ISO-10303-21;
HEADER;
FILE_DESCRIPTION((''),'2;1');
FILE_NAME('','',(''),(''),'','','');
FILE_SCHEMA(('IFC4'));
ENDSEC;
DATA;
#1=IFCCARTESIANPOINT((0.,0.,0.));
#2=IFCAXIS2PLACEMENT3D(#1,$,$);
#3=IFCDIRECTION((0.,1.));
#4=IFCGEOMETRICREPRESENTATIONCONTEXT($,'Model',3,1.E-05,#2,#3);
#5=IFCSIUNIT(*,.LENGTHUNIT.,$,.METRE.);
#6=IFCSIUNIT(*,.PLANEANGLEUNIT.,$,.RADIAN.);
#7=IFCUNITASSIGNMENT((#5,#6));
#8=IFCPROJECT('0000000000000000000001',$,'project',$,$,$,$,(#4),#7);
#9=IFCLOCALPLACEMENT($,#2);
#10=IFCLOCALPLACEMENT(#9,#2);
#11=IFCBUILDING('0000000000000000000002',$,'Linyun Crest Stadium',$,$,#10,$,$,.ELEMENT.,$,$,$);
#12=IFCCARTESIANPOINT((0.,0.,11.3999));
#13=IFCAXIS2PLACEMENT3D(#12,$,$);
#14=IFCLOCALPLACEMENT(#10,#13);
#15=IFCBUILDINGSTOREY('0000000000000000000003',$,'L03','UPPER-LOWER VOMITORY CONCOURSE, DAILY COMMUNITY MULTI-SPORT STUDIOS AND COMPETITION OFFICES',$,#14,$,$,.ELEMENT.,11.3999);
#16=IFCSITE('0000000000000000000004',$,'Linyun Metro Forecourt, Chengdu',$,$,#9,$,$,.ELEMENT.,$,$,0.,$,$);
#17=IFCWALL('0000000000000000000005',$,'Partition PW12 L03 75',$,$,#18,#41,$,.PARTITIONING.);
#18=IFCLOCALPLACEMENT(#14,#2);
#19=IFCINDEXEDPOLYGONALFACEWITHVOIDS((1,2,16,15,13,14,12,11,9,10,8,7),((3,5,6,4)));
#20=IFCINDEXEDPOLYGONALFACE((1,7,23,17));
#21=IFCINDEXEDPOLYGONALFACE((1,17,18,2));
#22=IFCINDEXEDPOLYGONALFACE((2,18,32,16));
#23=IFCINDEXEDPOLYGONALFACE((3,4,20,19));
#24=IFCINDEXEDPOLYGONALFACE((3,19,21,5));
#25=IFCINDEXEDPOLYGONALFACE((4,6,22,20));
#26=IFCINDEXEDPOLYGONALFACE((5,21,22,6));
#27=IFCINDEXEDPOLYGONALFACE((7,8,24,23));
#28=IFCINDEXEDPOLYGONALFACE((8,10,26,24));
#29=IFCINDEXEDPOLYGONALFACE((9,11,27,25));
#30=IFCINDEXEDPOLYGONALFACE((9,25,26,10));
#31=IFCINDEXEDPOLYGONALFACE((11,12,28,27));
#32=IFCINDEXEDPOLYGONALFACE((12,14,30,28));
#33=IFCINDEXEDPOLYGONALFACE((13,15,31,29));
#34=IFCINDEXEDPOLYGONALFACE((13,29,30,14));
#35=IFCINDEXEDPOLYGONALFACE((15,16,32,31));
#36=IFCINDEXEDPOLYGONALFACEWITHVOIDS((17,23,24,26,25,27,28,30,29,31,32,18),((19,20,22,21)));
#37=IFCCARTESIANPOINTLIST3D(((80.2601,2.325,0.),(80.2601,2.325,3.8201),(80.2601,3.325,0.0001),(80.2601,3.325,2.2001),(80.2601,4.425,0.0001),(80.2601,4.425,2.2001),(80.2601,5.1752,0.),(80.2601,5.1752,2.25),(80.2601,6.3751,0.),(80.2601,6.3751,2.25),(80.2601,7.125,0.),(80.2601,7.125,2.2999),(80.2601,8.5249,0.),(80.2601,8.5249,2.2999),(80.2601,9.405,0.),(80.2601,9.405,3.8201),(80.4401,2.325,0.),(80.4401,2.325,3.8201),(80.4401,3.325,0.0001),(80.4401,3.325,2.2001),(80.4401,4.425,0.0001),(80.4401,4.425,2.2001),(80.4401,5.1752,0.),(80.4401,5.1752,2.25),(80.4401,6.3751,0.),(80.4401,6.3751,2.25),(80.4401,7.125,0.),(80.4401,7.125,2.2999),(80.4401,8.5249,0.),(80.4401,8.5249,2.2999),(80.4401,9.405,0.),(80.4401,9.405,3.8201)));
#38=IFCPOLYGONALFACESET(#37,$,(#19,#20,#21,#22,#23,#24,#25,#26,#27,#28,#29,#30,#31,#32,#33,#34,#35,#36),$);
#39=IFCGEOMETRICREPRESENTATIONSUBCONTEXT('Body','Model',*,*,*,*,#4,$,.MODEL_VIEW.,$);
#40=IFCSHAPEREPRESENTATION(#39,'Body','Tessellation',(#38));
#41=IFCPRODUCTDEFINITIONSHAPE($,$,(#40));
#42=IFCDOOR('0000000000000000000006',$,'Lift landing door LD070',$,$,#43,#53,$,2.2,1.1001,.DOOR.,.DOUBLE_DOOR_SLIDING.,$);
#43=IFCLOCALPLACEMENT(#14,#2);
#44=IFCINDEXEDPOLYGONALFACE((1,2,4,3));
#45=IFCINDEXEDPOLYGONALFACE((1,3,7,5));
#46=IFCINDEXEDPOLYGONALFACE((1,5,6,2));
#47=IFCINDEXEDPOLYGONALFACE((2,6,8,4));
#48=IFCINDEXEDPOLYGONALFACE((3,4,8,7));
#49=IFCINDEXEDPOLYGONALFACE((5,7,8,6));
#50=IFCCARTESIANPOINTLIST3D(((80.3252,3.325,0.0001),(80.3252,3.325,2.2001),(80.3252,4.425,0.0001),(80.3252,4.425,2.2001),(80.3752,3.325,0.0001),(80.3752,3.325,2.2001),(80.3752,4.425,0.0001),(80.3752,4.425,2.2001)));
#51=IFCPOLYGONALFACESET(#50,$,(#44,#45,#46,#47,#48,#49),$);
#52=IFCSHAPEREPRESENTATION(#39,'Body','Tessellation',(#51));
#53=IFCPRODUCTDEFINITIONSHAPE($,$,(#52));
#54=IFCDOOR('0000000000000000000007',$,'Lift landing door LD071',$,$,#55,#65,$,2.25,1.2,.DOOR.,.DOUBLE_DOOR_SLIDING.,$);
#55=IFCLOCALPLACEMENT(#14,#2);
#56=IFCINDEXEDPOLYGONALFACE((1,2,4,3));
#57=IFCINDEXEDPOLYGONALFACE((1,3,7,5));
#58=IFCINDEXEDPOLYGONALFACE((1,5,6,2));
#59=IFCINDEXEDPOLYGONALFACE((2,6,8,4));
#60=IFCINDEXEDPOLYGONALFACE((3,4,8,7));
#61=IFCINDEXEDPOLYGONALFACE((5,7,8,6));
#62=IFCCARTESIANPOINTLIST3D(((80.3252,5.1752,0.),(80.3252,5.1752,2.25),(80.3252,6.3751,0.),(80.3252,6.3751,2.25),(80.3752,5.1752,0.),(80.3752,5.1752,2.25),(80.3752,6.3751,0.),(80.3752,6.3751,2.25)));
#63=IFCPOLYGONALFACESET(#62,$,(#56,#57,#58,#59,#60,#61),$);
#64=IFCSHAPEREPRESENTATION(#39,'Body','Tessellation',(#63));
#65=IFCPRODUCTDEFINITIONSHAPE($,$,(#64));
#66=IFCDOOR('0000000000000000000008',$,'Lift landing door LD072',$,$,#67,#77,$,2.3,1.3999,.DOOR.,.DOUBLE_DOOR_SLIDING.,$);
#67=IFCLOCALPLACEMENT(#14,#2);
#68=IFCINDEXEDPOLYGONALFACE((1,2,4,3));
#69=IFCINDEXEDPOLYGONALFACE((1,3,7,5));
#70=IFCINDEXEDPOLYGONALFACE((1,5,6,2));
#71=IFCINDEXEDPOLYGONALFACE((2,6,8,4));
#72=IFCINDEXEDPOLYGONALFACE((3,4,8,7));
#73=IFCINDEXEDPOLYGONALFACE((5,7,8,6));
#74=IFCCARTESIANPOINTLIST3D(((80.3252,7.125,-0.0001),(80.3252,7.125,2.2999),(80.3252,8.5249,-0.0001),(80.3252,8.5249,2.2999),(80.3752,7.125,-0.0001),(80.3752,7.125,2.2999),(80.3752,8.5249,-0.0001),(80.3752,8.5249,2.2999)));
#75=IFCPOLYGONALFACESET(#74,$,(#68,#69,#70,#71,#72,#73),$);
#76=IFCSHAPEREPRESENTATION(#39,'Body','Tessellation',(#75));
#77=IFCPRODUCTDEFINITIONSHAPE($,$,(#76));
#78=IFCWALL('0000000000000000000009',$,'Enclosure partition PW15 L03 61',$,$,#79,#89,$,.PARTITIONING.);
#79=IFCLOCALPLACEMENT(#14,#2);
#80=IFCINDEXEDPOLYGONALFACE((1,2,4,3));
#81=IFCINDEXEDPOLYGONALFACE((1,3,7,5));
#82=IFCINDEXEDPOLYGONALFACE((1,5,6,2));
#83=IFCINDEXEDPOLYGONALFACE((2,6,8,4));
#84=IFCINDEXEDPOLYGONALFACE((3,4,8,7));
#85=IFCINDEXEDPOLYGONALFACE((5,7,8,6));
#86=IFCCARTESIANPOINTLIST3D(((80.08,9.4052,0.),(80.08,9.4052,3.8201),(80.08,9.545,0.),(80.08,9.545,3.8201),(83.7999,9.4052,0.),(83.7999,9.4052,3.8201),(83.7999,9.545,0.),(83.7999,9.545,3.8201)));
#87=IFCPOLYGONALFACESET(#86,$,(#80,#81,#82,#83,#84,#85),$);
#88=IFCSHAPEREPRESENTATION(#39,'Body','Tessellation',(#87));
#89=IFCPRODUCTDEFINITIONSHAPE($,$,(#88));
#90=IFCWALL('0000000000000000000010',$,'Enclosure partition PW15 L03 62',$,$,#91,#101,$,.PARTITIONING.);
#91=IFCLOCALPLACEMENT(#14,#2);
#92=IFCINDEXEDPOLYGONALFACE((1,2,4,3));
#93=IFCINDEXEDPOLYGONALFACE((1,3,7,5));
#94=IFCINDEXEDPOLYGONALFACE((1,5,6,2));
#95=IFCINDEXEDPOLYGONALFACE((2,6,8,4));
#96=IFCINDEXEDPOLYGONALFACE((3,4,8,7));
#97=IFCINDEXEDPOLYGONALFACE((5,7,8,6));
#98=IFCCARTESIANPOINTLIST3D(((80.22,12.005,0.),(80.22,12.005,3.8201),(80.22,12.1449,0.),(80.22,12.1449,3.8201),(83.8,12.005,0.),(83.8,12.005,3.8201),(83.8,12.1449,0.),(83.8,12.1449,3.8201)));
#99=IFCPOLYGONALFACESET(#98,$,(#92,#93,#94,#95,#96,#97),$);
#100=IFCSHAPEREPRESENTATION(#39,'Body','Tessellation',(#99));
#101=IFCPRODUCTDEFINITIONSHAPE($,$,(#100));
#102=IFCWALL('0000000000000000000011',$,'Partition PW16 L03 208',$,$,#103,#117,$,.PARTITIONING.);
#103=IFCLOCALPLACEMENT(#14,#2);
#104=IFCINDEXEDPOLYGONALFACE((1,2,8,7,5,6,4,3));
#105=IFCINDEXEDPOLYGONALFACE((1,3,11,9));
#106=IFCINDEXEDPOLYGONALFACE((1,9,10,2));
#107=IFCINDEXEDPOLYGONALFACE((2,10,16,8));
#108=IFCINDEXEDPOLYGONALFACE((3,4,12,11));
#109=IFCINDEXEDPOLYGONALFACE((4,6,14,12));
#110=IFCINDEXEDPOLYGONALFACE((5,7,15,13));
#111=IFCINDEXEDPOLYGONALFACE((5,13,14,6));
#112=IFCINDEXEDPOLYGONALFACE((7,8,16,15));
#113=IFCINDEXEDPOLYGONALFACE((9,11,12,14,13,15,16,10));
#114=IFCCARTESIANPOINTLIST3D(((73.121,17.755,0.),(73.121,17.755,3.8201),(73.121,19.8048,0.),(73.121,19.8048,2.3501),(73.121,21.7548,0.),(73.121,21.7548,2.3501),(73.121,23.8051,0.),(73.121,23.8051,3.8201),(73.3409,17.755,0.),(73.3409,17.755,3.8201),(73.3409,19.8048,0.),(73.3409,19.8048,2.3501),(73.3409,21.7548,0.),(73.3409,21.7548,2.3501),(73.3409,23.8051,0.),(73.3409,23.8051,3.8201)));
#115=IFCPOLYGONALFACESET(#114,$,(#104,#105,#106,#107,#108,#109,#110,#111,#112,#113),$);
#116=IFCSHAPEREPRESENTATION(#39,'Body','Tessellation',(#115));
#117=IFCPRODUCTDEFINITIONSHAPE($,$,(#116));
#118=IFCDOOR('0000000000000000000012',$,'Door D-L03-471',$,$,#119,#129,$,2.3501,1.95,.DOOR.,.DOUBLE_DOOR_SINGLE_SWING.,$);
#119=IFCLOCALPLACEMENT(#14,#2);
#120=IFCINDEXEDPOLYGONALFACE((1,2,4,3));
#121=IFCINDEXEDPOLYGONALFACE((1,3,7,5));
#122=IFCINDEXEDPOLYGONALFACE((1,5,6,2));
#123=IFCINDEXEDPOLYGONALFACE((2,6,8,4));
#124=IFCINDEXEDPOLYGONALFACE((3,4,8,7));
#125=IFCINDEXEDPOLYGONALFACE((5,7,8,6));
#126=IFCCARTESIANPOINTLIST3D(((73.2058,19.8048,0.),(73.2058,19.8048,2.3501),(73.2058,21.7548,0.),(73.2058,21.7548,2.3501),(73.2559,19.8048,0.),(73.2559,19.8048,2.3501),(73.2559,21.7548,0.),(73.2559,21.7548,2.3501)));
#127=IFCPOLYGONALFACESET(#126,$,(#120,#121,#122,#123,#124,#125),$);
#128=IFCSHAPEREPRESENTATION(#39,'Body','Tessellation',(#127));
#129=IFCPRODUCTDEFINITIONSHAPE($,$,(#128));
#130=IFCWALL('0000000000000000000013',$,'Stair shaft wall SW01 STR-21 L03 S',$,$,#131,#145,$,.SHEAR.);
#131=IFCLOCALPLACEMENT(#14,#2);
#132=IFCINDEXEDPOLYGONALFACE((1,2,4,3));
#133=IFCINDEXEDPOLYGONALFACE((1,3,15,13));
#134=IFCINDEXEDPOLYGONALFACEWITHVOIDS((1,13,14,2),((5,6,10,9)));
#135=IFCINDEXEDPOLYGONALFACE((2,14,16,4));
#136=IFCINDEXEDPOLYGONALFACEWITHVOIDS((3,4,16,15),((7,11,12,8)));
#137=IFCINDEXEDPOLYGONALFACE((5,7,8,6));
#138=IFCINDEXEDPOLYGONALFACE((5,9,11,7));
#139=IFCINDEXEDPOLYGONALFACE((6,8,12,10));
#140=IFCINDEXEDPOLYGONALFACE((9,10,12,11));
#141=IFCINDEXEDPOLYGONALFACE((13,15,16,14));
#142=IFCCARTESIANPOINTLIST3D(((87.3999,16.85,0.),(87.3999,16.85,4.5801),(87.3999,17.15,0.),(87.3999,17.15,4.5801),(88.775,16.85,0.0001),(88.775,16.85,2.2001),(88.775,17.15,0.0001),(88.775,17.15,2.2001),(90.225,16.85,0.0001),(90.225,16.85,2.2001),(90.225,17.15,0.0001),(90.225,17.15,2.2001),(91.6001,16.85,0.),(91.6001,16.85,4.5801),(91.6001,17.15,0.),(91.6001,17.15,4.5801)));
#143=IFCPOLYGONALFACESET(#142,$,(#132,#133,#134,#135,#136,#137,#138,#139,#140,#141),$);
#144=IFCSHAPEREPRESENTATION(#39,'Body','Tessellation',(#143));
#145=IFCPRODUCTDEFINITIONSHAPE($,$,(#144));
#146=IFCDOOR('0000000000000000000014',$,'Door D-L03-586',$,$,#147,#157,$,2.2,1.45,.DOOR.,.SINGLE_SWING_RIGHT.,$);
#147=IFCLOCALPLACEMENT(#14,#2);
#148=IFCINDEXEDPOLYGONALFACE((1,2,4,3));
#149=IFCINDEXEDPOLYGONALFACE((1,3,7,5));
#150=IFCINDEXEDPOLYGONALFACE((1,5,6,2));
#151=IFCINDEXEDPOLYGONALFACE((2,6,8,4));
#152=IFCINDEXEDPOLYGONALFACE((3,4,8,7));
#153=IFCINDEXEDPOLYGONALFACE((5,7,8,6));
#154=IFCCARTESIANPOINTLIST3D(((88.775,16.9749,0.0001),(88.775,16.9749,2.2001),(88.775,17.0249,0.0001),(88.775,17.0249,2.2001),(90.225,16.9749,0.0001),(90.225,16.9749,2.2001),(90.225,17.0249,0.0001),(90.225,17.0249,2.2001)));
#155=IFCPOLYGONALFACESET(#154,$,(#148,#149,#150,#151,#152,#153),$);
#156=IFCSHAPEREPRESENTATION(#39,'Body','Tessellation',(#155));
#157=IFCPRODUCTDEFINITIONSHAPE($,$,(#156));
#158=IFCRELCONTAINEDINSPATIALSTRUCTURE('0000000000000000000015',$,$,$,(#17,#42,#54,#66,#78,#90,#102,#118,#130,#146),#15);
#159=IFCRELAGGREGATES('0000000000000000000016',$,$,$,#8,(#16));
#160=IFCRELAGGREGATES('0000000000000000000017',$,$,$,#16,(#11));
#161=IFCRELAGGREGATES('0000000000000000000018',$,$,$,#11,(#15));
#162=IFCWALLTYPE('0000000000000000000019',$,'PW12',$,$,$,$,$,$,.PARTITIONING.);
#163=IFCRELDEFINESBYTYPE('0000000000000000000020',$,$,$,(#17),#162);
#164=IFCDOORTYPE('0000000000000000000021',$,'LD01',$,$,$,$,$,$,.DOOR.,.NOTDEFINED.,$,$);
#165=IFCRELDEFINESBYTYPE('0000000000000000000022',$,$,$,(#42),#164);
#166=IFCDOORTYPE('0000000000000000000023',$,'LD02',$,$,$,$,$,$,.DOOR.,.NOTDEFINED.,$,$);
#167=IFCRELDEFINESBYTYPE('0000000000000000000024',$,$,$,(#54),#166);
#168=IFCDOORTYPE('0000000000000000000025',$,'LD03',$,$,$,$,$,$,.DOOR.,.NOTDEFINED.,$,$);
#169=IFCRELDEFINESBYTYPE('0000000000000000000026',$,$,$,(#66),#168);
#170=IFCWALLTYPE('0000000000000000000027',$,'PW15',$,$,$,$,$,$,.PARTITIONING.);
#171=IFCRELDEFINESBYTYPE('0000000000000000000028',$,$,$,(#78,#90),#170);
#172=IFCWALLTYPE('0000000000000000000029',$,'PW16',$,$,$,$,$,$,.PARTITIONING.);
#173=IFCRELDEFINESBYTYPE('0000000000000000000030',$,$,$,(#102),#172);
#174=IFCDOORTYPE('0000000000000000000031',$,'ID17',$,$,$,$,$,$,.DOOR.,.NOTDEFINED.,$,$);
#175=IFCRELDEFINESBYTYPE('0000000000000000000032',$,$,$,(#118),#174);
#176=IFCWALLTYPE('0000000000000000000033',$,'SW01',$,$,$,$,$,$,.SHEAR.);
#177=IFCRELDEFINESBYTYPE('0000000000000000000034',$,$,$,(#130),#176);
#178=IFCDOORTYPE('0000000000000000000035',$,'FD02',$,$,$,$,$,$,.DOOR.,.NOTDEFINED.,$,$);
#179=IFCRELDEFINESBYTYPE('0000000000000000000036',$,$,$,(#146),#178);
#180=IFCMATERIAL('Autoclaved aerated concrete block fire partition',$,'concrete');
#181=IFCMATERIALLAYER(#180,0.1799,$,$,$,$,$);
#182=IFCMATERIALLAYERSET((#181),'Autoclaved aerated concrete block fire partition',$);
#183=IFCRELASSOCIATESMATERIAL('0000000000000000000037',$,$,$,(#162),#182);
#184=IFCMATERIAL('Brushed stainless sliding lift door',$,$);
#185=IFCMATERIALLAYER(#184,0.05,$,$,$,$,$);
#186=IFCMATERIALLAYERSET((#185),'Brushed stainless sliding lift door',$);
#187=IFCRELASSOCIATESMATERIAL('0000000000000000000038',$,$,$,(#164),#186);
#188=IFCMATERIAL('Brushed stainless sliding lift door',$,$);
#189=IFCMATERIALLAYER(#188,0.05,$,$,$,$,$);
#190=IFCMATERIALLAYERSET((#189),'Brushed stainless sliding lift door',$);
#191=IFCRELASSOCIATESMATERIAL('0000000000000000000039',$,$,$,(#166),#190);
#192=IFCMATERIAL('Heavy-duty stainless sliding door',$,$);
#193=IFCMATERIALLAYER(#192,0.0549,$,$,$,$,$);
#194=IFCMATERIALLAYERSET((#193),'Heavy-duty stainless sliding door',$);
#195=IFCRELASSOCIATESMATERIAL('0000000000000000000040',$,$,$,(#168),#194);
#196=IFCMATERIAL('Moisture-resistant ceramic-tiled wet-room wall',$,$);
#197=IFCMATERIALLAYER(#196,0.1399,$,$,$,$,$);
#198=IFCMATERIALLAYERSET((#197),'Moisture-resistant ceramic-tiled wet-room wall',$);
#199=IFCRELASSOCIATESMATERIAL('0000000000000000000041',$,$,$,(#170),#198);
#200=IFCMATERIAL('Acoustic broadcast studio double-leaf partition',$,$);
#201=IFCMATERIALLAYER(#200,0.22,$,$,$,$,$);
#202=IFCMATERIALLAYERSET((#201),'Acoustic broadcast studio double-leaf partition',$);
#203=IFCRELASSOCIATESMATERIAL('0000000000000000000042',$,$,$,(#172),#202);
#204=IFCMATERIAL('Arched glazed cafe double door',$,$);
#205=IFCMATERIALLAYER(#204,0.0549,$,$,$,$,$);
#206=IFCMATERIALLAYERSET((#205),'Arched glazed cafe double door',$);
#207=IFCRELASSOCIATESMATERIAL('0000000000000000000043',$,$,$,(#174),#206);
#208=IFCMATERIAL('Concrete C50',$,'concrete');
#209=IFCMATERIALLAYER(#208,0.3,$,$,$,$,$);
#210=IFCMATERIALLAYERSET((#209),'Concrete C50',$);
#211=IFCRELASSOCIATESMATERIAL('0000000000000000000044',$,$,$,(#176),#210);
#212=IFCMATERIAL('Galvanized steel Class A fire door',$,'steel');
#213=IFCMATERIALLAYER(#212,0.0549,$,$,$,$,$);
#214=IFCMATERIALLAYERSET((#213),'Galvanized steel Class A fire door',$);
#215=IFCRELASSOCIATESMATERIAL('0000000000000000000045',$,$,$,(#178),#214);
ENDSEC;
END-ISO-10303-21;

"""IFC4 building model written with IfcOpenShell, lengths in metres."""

from ifc_helpers import new_model, si_unit, direction, frame, frame_2d, origin, place, context, subcontext, project, spatial, rectangle, extrude, material, layer, layer_set, type_object, element, fill, save


model = new_model("IFC4")

# Units and contexts
model_context = context("Model", 3, precision=1e-05, world=origin(), true_north=direction((0.0, 1.0)))
body_context = subcontext(model_context, "Body", "Model", "MODEL_VIEW")
ifc_project = project(units=[si_unit("LENGTHUNIT", "METRE"), si_unit("PLANEANGLEUNIT", "RADIAN")], contexts=[model_context])

# Site, building, storey
site_placement = place(None, origin())
site = spatial("IfcSite", under=ifc_project, at=site_placement, Name="Linyun Metro Forecourt, Chengdu", CompositionType="ELEMENT", RefElevation=0.0)
building_placement = place(site_placement, origin())
building = spatial("IfcBuilding", under=site, at=building_placement, Name="Linyun Crest Stadium", CompositionType="ELEMENT")
storey_placement = place(building_placement, frame((0.0, 0.0, 11.3999)))
storey = spatial("IfcBuildingStorey", under=building, at=storey_placement, Name="L03", Description="UPPER-LOWER VOMITORY CONCOURSE, DAILY COMMUNITY MULTI-SPORT STUDIOS AND COMPETITION OFFICES", CompositionType="ELEMENT", Elevation=11.3999)

# Wall, openings, doors
ifc_material_1 = material(Name="Autoclaved aerated concrete block fire partition", Category="concrete")
ifc_layer_1 = layer(ifc_material_1, 0.1799)
ifc_layer_set_1 = layer_set([ifc_layer_1], Name="Autoclaved aerated concrete block fire partition")
wall_type_1 = type_object("IfcWallType", Name="PW12", PredefinedType="PARTITIONING", material=ifc_layer_set_1)
wall_1_placement = place(storey_placement, frame((80.3501, 2.325, 0.0), z_axis=(0.0, 0.0, 1.0), x_axis=(0.0, 1.0, 0.0)))
wall_1 = element("IfcWall", 1, at=wall_1_placement, inside=storey, type_object=wall_type_1, Name="Partition PW12 L03 75", PredefinedType="PARTITIONING", context=body_context, shape_type="SweptSolid", body=[
    extrude(rectangle(XDim=7.0801, YDim=0.1799, at=frame_2d((3.54, 0.0))), origin(), (0.0, 0.0, 1.0), 3.8201),
])
opening_1_placement = place(wall_1_placement, frame((1.0, 0.0, 0.0)))
opening_1 = element("IfcOpeningElement", 2, at=opening_1_placement, cuts=wall_1, PredefinedType="OPENING", context=body_context, shape_type="SweptSolid", body=[
    extrude(rectangle(XDim=1.1001, YDim=2.2, at=frame_2d((0.55, 1.1001))), frame((0.0, 0.0999, 0.0), z_axis=(0.0, -1.0, 0.0), x_axis=(1.0, 0.0, 0.0)), (0.0, 0.0, 1.0), 0.2),
])
opening_2_placement = place(wall_1_placement, frame((2.8501, 0.0, 0.0)))
opening_2 = element("IfcOpeningElement", 3, at=opening_2_placement, cuts=wall_1, PredefinedType="OPENING", context=body_context, shape_type="SweptSolid", body=[
    extrude(rectangle(XDim=1.2, YDim=2.25, at=frame_2d((0.6001, 1.125))), frame((0.0, 0.0999, 0.0), z_axis=(0.0, -1.0, 0.0), x_axis=(1.0, 0.0, 0.0)), (0.0, 0.0, 1.0), 0.2),
])
opening_3_placement = place(wall_1_placement, frame((4.8, 0.0, 0.0)))
opening_3 = element("IfcOpeningElement", 4, at=opening_3_placement, cuts=wall_1, PredefinedType="OPENING", context=body_context, shape_type="SweptSolid", body=[
    extrude(rectangle(XDim=1.3999, YDim=2.3, at=frame_2d((0.7, 1.1499))), frame((0.0, 0.0999, 0.0), z_axis=(0.0, -1.0, 0.0), x_axis=(1.0, 0.0, 0.0)), (0.0, 0.0, 1.0), 0.2),
])
ifc_material_2 = material(Name="Brushed stainless sliding lift door")
ifc_layer_2 = layer(ifc_material_2, 0.05)
ifc_layer_set_2 = layer_set([ifc_layer_2], Name="Brushed stainless sliding lift door")
door_type_1 = type_object("IfcDoorType", Name="LD01", OperationType="NOTDEFINED", PredefinedType="DOOR", material=ifc_layer_set_2)
door_1_placement = place(opening_1_placement, origin())
door_1 = element("IfcDoor", 5, at=door_1_placement, inside=storey, type_object=door_type_1, Name="Lift landing door LD070", OperationType="DOUBLE_DOOR_SLIDING", OverallHeight=2.2, OverallWidth=1.1001, PredefinedType="DOOR", context=body_context, shape_type="SweptSolid", body=[
    extrude(rectangle(XDim=1.1001, YDim=2.2, at=frame_2d((0.55, 1.1001))), frame((0.0, 0.0249, 0.0), z_axis=(0.0, -1.0, 0.0), x_axis=(1.0, 0.0, 0.0)), (0.0, 0.0, 1.0), 0.05),
])
fill(opening_1, door_1)
ifc_material_3 = material(Name="Brushed stainless sliding lift door")
ifc_layer_3 = layer(ifc_material_3, 0.05)
ifc_layer_set_3 = layer_set([ifc_layer_3], Name="Brushed stainless sliding lift door")
door_type_2 = type_object("IfcDoorType", Name="LD02", OperationType="NOTDEFINED", PredefinedType="DOOR", material=ifc_layer_set_3)
door_2_placement = place(opening_2_placement, origin())
door_2 = element("IfcDoor", 6, at=door_2_placement, inside=storey, type_object=door_type_2, Name="Lift landing door LD071", OperationType="DOUBLE_DOOR_SLIDING", OverallHeight=2.25, OverallWidth=1.2, PredefinedType="DOOR", context=body_context, shape_type="SweptSolid", body=[
    extrude(rectangle(XDim=1.2, YDim=2.25, at=frame_2d((0.6001, 1.125))), frame((0.0, 0.0249, 0.0), z_axis=(0.0, -1.0, 0.0), x_axis=(1.0, 0.0, 0.0)), (0.0, 0.0, 1.0), 0.05),
])
fill(opening_2, door_2)
ifc_material_4 = material(Name="Heavy-duty stainless sliding door")
ifc_layer_4 = layer(ifc_material_4, 0.0549)
ifc_layer_set_4 = layer_set([ifc_layer_4], Name="Heavy-duty stainless sliding door")
door_type_3 = type_object("IfcDoorType", Name="LD03", OperationType="NOTDEFINED", PredefinedType="DOOR", material=ifc_layer_set_4)
door_3_placement = place(opening_3_placement, origin())
door_3 = element("IfcDoor", 7, at=door_3_placement, inside=storey, type_object=door_type_3, Name="Lift landing door LD072", OperationType="DOUBLE_DOOR_SLIDING", OverallHeight=2.3, OverallWidth=1.3999, PredefinedType="DOOR", context=body_context, shape_type="SweptSolid", body=[
    extrude(rectangle(XDim=1.3999, YDim=2.3, at=frame_2d((0.7, 1.1499))), frame((0.0, 0.0249, 0.0), z_axis=(0.0, -1.0, 0.0), x_axis=(1.0, 0.0, 0.0)), (0.0, 0.0, 1.0), 0.05),
])
fill(opening_3, door_3)
ifc_material_5 = material(Name="Moisture-resistant ceramic-tiled wet-room wall")
ifc_layer_5 = layer(ifc_material_5, 0.1399)
ifc_layer_set_5 = layer_set([ifc_layer_5], Name="Moisture-resistant ceramic-tiled wet-room wall")
wall_type_2 = type_object("IfcWallType", Name="PW15", PredefinedType="PARTITIONING", material=ifc_layer_set_5)

# Walls
wall_2_placement = place(storey_placement, frame((80.0801, 9.4751, 0.0), z_axis=(0.0, 0.0, 1.0), x_axis=(1.0, 0.0, 0.0)))
element("IfcWall", 8, at=wall_2_placement, inside=storey, type_object=wall_type_2, Name="Enclosure partition PW15 L03 61", PredefinedType="PARTITIONING", context=body_context, shape_type="SweptSolid", body=[
    extrude(rectangle(XDim=3.72, YDim=0.1399, at=frame_2d((1.8599, 0.0))), origin(), (0.0, 0.0, 1.0), 3.8201),
])
wall_3_placement = place(storey_placement, frame((80.22, 12.075, 0.0), z_axis=(0.0, 0.0, 1.0), x_axis=(1.0, 0.0, 0.0)))
element("IfcWall", 9, at=wall_3_placement, inside=storey, type_object=wall_type_2, Name="Enclosure partition PW15 L03 62", PredefinedType="PARTITIONING", context=body_context, shape_type="SweptSolid", body=[
    extrude(rectangle(XDim=3.5801, YDim=0.1399, at=frame_2d((1.79, 0.0))), origin(), (0.0, 0.0, 1.0), 3.8201),
])

# Walls, openings, doors
ifc_material_6 = material(Name="Acoustic broadcast studio double-leaf partition")
ifc_layer_6 = layer(ifc_material_6, 0.22)
ifc_layer_set_6 = layer_set([ifc_layer_6], Name="Acoustic broadcast studio double-leaf partition")
wall_type_3 = type_object("IfcWallType", Name="PW16", PredefinedType="PARTITIONING", material=ifc_layer_set_6)
wall_4_placement = place(storey_placement, frame((73.231, 23.8049, 0.0), z_axis=(0.0, 0.0, 1.0), x_axis=(0.0, -1.0, 0.0)))
wall_4 = element("IfcWall", 10, at=wall_4_placement, inside=storey, type_object=wall_type_3, Name="Partition PW16 L03 208", PredefinedType="PARTITIONING", context=body_context, shape_type="SweptSolid", body=[
    extrude(rectangle(XDim=6.05, YDim=0.22, at=frame_2d((3.0249, 0.0))), origin(), (0.0, 0.0, 1.0), 3.8201),
])
opening_4_placement = place(wall_4_placement, frame((2.05, 0.0, 0.0)))
opening_4 = element("IfcOpeningElement", 11, at=opening_4_placement, cuts=wall_4, PredefinedType="OPENING", context=body_context, shape_type="SweptSolid", body=[
    extrude(rectangle(XDim=1.95, YDim=2.3501, at=frame_2d((0.9751, 1.175))), frame((0.0, 0.1199, 0.0), z_axis=(0.0, -1.0, 0.0), x_axis=(1.0, 0.0, 0.0)), (0.0, 0.0, 1.0), 0.24),
])
ifc_material_7 = material(Name="Arched glazed cafe double door")
ifc_layer_7 = layer(ifc_material_7, 0.0549)
ifc_layer_set_7 = layer_set([ifc_layer_7], Name="Arched glazed cafe double door")
door_type_4 = type_object("IfcDoorType", Name="ID17", OperationType="NOTDEFINED", PredefinedType="DOOR", material=ifc_layer_set_7)
door_4_placement = place(opening_4_placement, origin())
door_4 = element("IfcDoor", 12, at=door_4_placement, inside=storey, type_object=door_type_4, Name="Door D-L03-471", OperationType="DOUBLE_DOOR_SINGLE_SWING", OverallHeight=2.3501, OverallWidth=1.95, PredefinedType="DOOR", context=body_context, shape_type="SweptSolid", body=[
    extrude(rectangle(XDim=1.95, YDim=2.3501, at=frame_2d((0.9751, 1.175))), frame((0.0, 0.0249, 0.0), z_axis=(0.0, -1.0, 0.0), x_axis=(1.0, 0.0, 0.0)), (0.0, 0.0, 1.0), 0.05),
])
fill(opening_4, door_4)
ifc_material_8 = material(Name="Concrete C50", Category="concrete")
ifc_layer_8 = layer(ifc_material_8, 0.3)
ifc_layer_set_8 = layer_set([ifc_layer_8], Name="Concrete C50")
wall_type_4 = type_object("IfcWallType", Name="SW01", PredefinedType="SHEAR", material=ifc_layer_set_8)
wall_5_placement = place(storey_placement, frame((87.3999, 17.0, 0.0), z_axis=(0.0, 0.0, 1.0), x_axis=(1.0, 0.0, 0.0)))
wall_5 = element("IfcWall", 13, at=wall_5_placement, inside=storey, type_object=wall_type_4, Name="Stair shaft wall SW01 STR-21 L03 S", PredefinedType="SHEAR", context=body_context, shape_type="SweptSolid", body=[
    extrude(rectangle(XDim=4.2002, YDim=0.3, at=frame_2d((2.1001, 0.0))), origin(), (0.0, 0.0, 1.0), 4.5801),
])
opening_5_placement = place(wall_5_placement, frame((1.375, 0.0, 0.0)))
opening_5 = element("IfcOpeningElement", 14, at=opening_5_placement, cuts=wall_5, PredefinedType="OPENING", context=body_context, shape_type="SweptSolid", body=[
    extrude(rectangle(XDim=1.45, YDim=2.2, at=frame_2d((0.7251, 1.1001))), frame((0.0, 0.1599, 0.0), z_axis=(0.0, -1.0, 0.0), x_axis=(1.0, 0.0, 0.0)), (0.0, 0.0, 1.0), 0.3201),
])
ifc_material_9 = material(Name="Galvanized steel Class A fire door", Category="steel")
ifc_layer_9 = layer(ifc_material_9, 0.0549)
ifc_layer_set_9 = layer_set([ifc_layer_9], Name="Galvanized steel Class A fire door")
door_type_5 = type_object("IfcDoorType", Name="FD02", OperationType="NOTDEFINED", PredefinedType="DOOR", material=ifc_layer_set_9)
door_5_placement = place(opening_5_placement, origin())
door_5 = element("IfcDoor", 15, at=door_5_placement, inside=storey, type_object=door_type_5, Name="Door D-L03-586", OperationType="SINGLE_SWING_RIGHT", OverallHeight=2.2, OverallWidth=1.45, PredefinedType="DOOR", context=body_context, shape_type="SweptSolid", body=[
    extrude(rectangle(XDim=1.45, YDim=2.2, at=frame_2d((0.7251, 1.1001))), frame((0.0, 0.0249, 0.0), z_axis=(0.0, -1.0, 0.0), x_axis=(1.0, 0.0, 0.0)), (0.0, 0.0, 1.0), 0.05),
])
fill(opening_5, door_5)

save(model, "model.ifc")
